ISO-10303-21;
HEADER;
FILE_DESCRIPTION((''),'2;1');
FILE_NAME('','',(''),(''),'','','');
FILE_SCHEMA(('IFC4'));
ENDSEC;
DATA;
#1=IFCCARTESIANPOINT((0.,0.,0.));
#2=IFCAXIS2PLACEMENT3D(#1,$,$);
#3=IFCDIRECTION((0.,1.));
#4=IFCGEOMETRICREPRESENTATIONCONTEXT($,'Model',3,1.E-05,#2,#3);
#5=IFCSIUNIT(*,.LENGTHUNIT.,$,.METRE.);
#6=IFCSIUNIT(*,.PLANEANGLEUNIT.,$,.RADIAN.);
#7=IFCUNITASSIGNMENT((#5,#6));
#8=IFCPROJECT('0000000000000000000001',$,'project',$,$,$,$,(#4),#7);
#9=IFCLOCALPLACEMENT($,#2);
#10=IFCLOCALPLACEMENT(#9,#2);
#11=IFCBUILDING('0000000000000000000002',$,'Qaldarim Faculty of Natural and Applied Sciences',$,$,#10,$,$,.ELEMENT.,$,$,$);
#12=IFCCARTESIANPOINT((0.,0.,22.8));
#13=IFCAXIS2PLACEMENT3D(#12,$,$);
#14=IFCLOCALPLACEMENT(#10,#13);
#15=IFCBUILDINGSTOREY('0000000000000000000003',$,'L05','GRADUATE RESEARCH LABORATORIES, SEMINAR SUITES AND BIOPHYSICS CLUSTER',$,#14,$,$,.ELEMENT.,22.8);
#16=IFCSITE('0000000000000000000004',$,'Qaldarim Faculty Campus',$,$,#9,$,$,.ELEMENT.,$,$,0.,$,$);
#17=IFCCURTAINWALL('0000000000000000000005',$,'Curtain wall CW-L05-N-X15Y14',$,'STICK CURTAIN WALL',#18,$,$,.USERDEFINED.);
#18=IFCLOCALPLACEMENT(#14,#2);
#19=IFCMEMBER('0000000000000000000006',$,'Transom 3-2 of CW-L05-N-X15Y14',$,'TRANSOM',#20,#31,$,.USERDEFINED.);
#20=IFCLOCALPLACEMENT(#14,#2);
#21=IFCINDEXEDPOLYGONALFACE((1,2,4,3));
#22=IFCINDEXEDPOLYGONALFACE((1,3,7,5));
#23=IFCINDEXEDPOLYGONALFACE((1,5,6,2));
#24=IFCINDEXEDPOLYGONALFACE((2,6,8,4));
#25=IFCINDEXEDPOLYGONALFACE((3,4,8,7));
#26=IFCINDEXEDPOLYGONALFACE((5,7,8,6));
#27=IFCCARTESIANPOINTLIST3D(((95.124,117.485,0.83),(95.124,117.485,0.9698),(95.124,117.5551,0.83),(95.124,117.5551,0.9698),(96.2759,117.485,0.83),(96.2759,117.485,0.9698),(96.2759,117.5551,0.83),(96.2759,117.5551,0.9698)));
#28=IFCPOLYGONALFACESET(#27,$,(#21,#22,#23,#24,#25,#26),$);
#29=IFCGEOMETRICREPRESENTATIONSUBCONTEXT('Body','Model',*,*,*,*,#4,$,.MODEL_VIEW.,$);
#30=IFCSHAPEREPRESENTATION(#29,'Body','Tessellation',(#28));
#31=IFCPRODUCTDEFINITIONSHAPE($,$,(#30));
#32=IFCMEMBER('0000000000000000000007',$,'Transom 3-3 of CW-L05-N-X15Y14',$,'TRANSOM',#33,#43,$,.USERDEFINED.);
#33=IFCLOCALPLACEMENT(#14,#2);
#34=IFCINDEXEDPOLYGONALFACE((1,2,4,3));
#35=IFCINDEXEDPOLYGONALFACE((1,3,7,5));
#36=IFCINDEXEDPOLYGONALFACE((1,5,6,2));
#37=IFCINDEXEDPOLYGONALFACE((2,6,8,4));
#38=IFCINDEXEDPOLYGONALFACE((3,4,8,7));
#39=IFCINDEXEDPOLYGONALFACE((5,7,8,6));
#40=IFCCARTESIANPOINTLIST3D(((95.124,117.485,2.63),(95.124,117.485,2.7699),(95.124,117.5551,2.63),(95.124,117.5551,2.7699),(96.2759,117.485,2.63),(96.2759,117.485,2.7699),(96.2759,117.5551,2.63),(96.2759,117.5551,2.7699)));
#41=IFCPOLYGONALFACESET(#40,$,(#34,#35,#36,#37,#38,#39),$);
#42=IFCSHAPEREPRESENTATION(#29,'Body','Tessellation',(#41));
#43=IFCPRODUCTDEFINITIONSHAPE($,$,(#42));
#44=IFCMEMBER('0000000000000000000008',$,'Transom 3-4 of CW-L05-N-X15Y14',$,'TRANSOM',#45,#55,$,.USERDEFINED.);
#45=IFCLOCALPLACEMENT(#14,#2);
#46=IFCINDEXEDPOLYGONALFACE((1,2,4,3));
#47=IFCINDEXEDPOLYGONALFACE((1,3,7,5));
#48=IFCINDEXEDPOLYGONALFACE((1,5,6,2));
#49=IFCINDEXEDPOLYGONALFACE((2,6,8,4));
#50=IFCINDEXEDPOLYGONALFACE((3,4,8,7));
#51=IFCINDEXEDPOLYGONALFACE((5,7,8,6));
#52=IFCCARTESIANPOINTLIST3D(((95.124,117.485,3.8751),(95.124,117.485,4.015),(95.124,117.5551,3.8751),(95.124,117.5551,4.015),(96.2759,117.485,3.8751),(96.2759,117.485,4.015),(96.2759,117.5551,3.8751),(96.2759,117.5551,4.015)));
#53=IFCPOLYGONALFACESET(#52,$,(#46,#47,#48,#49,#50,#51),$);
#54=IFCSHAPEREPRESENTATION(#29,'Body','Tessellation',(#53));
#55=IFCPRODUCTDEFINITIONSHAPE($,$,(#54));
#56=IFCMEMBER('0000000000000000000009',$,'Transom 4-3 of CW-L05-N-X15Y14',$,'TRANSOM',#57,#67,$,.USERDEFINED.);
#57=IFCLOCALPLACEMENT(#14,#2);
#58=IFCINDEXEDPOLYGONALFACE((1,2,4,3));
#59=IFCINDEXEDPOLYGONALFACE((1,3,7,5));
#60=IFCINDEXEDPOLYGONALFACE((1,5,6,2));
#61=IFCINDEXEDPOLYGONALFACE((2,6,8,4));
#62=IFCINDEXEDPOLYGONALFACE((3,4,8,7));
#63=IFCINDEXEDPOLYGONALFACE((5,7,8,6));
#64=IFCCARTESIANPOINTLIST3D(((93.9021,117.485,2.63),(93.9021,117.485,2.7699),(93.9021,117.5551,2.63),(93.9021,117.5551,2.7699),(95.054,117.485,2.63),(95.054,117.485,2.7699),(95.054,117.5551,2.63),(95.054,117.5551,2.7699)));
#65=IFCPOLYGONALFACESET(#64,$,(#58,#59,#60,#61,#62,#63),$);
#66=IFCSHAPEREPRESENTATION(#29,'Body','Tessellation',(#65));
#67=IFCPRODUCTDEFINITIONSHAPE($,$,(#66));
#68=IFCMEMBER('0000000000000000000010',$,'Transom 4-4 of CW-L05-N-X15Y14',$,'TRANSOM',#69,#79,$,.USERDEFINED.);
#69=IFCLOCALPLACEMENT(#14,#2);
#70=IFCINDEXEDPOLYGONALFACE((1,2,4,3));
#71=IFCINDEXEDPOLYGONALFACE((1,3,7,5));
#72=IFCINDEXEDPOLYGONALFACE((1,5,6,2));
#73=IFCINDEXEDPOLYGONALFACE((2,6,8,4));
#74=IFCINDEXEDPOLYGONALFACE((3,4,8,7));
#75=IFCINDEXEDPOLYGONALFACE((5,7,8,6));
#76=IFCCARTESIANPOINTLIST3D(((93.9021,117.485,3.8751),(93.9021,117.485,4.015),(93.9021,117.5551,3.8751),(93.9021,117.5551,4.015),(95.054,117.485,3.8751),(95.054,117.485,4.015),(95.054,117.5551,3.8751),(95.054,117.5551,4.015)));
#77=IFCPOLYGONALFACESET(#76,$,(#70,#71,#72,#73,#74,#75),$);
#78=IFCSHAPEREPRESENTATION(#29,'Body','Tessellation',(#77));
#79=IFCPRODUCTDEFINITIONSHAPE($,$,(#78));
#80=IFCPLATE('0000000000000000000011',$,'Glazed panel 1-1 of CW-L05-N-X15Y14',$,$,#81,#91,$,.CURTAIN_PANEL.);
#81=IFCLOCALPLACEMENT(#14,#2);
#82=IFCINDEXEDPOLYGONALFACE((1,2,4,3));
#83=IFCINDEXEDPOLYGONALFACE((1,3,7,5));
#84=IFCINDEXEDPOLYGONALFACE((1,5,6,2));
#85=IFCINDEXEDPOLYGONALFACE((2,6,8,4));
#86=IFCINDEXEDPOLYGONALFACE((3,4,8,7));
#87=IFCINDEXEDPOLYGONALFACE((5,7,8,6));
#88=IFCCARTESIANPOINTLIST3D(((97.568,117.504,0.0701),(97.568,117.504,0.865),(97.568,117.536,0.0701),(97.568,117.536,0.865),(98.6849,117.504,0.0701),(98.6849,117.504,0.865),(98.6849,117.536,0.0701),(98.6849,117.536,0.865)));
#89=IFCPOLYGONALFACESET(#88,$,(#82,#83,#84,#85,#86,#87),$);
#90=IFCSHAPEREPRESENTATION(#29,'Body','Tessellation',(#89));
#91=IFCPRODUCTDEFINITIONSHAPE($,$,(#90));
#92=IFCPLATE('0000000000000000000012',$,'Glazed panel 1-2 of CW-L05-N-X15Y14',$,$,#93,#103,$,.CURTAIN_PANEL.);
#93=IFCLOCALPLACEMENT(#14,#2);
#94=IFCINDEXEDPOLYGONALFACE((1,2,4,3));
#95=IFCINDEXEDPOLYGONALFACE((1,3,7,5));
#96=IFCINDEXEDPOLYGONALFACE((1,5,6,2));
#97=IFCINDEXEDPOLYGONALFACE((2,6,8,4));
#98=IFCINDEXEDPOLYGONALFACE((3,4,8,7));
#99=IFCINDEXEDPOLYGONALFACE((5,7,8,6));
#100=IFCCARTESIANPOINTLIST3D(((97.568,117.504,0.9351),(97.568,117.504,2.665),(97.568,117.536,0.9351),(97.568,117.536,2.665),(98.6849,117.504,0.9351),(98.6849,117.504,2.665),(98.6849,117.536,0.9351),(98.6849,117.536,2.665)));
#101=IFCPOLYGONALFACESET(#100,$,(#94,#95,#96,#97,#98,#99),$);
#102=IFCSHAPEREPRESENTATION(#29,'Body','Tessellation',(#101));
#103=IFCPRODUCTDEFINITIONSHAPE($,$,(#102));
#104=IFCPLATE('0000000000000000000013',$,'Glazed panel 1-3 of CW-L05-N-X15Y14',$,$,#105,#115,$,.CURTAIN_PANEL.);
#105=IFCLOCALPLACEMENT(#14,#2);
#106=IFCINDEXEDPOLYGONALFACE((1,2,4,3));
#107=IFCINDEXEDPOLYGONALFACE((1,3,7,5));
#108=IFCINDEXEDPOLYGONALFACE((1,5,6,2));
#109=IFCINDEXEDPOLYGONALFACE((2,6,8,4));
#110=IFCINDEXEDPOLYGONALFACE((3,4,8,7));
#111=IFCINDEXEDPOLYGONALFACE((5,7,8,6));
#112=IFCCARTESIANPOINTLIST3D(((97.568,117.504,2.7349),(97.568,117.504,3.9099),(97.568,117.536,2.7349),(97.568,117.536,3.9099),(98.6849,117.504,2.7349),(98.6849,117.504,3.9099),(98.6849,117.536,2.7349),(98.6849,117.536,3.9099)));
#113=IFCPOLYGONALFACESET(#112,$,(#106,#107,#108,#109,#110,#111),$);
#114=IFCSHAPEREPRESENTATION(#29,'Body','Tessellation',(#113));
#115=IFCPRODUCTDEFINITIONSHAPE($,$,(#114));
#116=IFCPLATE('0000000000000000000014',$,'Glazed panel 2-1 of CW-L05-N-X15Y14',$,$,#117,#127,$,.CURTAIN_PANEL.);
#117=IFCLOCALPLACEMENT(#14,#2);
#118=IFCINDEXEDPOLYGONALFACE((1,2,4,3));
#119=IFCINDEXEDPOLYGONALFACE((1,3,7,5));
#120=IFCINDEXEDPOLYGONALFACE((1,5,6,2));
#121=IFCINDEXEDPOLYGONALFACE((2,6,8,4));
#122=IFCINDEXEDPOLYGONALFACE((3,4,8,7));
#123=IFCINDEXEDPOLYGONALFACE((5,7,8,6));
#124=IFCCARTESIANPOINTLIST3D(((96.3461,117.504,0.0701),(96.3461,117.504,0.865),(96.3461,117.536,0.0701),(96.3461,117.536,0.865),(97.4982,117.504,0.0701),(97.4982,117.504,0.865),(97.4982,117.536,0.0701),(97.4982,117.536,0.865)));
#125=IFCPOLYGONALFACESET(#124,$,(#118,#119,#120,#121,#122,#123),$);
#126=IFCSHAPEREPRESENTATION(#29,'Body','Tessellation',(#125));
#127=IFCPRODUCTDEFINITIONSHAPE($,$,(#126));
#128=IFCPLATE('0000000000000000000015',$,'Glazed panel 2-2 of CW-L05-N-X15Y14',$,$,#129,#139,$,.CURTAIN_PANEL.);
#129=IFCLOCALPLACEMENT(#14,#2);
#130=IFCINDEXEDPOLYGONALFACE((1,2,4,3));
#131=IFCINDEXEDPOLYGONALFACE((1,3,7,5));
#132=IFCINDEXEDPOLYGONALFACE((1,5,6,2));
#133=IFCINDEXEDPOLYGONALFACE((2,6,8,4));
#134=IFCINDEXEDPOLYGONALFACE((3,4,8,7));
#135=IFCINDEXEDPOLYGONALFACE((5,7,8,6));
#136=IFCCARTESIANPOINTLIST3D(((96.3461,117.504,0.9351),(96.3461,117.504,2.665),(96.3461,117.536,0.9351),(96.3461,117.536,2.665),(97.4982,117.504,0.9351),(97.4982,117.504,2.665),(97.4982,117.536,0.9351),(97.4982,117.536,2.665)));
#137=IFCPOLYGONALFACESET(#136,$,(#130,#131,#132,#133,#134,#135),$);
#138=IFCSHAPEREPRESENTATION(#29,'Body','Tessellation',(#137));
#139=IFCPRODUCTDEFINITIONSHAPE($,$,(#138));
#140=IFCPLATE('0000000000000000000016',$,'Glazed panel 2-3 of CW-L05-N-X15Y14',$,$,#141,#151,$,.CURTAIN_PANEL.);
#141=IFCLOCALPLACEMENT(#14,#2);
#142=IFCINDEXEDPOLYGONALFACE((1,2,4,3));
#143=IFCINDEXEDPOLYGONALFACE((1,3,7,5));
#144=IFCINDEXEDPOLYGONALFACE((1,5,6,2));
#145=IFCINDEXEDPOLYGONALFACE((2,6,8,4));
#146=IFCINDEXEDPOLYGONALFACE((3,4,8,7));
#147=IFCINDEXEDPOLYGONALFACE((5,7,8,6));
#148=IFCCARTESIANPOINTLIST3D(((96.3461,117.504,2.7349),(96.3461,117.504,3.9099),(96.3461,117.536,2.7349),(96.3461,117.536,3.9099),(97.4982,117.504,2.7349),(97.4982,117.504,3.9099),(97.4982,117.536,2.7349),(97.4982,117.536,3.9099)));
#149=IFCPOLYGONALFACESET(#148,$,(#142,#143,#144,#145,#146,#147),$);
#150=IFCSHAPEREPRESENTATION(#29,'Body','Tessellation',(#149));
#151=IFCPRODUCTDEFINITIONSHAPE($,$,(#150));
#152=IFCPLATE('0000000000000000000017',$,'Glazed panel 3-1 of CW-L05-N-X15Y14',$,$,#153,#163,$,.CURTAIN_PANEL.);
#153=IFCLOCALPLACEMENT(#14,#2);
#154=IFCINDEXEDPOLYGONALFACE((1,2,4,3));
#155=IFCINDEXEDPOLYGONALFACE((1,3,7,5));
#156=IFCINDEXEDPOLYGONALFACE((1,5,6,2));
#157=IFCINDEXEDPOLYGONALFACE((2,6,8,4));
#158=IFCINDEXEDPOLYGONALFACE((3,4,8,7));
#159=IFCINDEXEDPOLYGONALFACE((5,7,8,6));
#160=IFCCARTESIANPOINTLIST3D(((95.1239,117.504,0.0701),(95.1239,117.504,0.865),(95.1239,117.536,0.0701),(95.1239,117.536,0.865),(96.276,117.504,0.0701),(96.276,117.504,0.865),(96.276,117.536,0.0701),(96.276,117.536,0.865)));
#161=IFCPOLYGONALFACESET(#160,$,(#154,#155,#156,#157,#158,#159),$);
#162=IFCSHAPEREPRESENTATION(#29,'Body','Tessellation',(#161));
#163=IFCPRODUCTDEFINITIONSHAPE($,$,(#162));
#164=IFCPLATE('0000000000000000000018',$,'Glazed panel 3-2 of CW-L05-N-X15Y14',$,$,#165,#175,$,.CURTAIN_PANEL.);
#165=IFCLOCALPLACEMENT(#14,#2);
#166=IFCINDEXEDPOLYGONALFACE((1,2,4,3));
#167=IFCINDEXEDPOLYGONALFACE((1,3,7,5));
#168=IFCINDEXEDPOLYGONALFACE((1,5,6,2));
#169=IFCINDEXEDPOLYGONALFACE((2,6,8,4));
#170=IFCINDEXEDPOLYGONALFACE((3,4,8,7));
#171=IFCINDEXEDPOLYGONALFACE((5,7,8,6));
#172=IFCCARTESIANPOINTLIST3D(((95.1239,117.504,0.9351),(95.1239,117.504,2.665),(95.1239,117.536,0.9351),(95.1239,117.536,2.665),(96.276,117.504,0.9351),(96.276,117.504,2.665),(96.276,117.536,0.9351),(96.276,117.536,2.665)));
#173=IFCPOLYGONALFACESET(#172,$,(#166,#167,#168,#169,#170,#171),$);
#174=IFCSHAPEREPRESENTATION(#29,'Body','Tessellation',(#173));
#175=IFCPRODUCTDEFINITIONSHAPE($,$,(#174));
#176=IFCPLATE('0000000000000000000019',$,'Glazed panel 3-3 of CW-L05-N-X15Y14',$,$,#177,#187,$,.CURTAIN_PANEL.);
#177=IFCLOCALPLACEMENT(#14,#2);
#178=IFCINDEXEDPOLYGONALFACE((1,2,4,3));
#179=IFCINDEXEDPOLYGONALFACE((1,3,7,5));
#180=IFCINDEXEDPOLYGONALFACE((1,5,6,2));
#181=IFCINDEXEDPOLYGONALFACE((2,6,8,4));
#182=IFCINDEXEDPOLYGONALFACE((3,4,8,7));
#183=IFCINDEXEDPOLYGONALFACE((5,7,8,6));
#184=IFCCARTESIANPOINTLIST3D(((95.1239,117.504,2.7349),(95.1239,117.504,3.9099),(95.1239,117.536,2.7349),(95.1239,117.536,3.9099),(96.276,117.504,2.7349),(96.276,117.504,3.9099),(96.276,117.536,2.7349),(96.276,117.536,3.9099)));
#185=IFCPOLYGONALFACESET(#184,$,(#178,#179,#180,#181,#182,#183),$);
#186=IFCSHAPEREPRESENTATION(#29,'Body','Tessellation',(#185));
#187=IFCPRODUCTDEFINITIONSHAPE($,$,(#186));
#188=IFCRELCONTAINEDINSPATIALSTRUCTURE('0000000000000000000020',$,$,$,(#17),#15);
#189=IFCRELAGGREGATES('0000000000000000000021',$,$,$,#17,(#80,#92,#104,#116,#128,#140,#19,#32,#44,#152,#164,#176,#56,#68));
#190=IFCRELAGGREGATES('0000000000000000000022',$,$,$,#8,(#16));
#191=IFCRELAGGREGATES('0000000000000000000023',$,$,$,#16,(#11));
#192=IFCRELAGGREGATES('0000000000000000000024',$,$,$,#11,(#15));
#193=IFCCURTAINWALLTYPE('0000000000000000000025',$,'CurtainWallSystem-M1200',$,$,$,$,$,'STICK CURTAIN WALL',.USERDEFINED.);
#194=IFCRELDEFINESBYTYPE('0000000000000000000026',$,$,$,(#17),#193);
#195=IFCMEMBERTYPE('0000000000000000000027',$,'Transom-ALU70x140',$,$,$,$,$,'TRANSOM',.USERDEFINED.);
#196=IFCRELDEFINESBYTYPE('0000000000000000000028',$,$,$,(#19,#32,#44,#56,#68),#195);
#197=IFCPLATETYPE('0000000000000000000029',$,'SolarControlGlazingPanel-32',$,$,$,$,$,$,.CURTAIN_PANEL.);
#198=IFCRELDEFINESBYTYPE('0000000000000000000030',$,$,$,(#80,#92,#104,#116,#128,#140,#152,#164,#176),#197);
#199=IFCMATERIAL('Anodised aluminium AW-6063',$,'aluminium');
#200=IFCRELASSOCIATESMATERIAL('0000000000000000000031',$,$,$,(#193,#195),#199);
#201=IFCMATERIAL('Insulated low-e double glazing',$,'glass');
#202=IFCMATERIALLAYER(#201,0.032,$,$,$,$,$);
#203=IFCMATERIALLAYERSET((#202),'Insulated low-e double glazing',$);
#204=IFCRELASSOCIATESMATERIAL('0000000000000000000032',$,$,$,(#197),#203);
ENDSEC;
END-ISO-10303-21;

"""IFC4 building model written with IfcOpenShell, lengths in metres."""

from ifc_helpers import new_model, si_unit, direction, frame, origin, origin_2d, place, context, subcontext, project, spatial, rectangle, extrude, material, layer, layer_set, material_profile, profile_set, type_object, element, aggregate, save


model = new_model("IFC4")

# Units and contexts
model_context = context("Model", 3, precision=1e-05, world=origin(), true_north=direction((0.0, 1.0)))
body_context = subcontext(model_context, "Body", "Model", "MODEL_VIEW")
ifc_project = project(units=[si_unit("LENGTHUNIT", "METRE"), si_unit("PLANEANGLEUNIT", "RADIAN")], contexts=[model_context])

# Site, building, storey
site_placement = place(None, origin())
site = spatial("IfcSite", under=ifc_project, at=site_placement, Name="Qaldarim Faculty Campus", CompositionType="ELEMENT", RefElevation=0.0)
building_placement = place(site_placement, origin())
building = spatial("IfcBuilding", under=site, at=building_placement, Name="Qaldarim Faculty of Natural and Applied Sciences", CompositionType="ELEMENT")
storey_placement = place(building_placement, frame((0.0, 0.0, 22.8)))
storey = spatial("IfcBuildingStorey", under=building, at=storey_placement, Name="L05", Description="GRADUATE RESEARCH LABORATORIES, SEMINAR SUITES AND BIOPHYSICS CLUSTER", CompositionType="ELEMENT", Elevation=22.8)

# Curtain wall, members, plates
ifc_material_1 = material(Name="Anodised aluminium AW-6063", Category="aluminium")
curtain_wall_type = type_object("IfcCurtainWallType", Name="CurtainWallSystem-M1200", ElementType="STICK CURTAIN WALL", PredefinedType="USERDEFINED", material=ifc_material_1)
curtain_wall_placement = place(storey_placement, origin())
curtain_wall = element("IfcCurtainWall", 1, at=curtain_wall_placement, inside=storey, type_object=curtain_wall_type, Name="Curtain wall CW-L05-N-X15Y14", ObjectType="STICK CURTAIN WALL", PredefinedType="USERDEFINED")
ifc_material_profile_1 = material_profile(ifc_material_1, rectangle(XDim=0.0701, YDim=0.1399, at=origin_2d()), Name="ALU-T70x140")
ifc_profile_set_1 = profile_set([ifc_material_profile_1], Name="Anodised aluminium AW-6063")
member_type_1 = type_object("IfcMemberType", Name="Transom-ALU70x140", ElementType="TRANSOM", PredefinedType="USERDEFINED", material=ifc_profile_set_1)
member_1_placement = place(storey_placement, frame((96.2759, 117.52, 0.8999), z_axis=(-1.0, 0.0, 0.0), x_axis=(0.0, -1.0, 0.0)))
member_1 = element("IfcMember", 2, at=member_1_placement, type_object=member_type_1, Name="Transom 3-2 of CW-L05-N-X15Y14", ObjectType="TRANSOM", PredefinedType="USERDEFINED", context=body_context, shape_type="SweptSolid", body=[
    extrude(rectangle(XDim=0.0701, YDim=0.1399, at=origin_2d()), origin(), (0.0, 0.0, 1.0), 1.1519),
])
member_2_placement = place(storey_placement, frame((96.2759, 117.52, 2.7), z_axis=(-1.0, 0.0, 0.0), x_axis=(0.0, -1.0, 0.0)))
member_2 = element("IfcMember", 3, at=member_2_placement, type_object=member_type_1, Name="Transom 3-3 of CW-L05-N-X15Y14", ObjectType="TRANSOM", PredefinedType="USERDEFINED", context=body_context, shape_type="SweptSolid", body=[
    extrude(rectangle(XDim=0.0701, YDim=0.1399, at=origin_2d()), origin(), (0.0, 0.0, 1.0), 1.1519),
])
member_3_placement = place(storey_placement, frame((96.2759, 117.52, 3.9451), z_axis=(-1.0, 0.0, 0.0), x_axis=(0.0, -1.0, 0.0)))
member_3 = element("IfcMember", 4, at=member_3_placement, type_object=member_type_1, Name="Transom 3-4 of CW-L05-N-X15Y14", ObjectType="TRANSOM", PredefinedType="USERDEFINED", context=body_context, shape_type="SweptSolid", body=[
    extrude(rectangle(XDim=0.0701, YDim=0.1399, at=origin_2d()), origin(), (0.0, 0.0, 1.0), 1.1519),
])
member_4_placement = place(storey_placement, frame((95.054, 117.52, 2.7), z_axis=(-1.0, 0.0, 0.0), x_axis=(0.0, -1.0, 0.0)))
member_4 = element("IfcMember", 5, at=member_4_placement, type_object=member_type_1, Name="Transom 4-3 of CW-L05-N-X15Y14", ObjectType="TRANSOM", PredefinedType="USERDEFINED", context=body_context, shape_type="SweptSolid", body=[
    extrude(rectangle(XDim=0.0701, YDim=0.1399, at=origin_2d()), origin(), (0.0, 0.0, 1.0), 1.1519),
])
member_5_placement = place(storey_placement, frame((95.054, 117.52, 3.9451), z_axis=(-1.0, 0.0, 0.0), x_axis=(0.0, -1.0, 0.0)))
member_5 = element("IfcMember", 6, at=member_5_placement, type_object=member_type_1, Name="Transom 4-4 of CW-L05-N-X15Y14", ObjectType="TRANSOM", PredefinedType="USERDEFINED", context=body_context, shape_type="SweptSolid", body=[
    extrude(rectangle(XDim=0.0701, YDim=0.1399, at=origin_2d()), origin(), (0.0, 0.0, 1.0), 1.1519),
])
ifc_material_2 = material(Name="Insulated low-e double glazing", Category="glass")
ifc_layer = layer(ifc_material_2, 0.032)
ifc_layer_set = layer_set([ifc_layer], Name="Insulated low-e double glazing")
plate_type = type_object("IfcPlateType", Name="SolarControlGlazingPanel-32", PredefinedType="CURTAIN_PANEL", material=ifc_layer_set)
plate_1_placement = place(storey_placement, frame((98.1265, 117.52, 0.0701), z_axis=(0.0, 0.0, 1.0), x_axis=(-1.0, 0.0, 0.0)))
plate_1 = element("IfcPlate", 7, at=plate_1_placement, type_object=plate_type, Name="Glazed panel 1-1 of CW-L05-N-X15Y14", PredefinedType="CURTAIN_PANEL", context=body_context, shape_type="SweptSolid", body=[
    extrude(rectangle(XDim=1.1169, YDim=0.032, at=origin_2d()), origin(), (0.0, 0.0, 1.0), 0.7949),
])
plate_2_placement = place(storey_placement, frame((98.1265, 117.52, 0.9351), z_axis=(0.0, 0.0, 1.0), x_axis=(-1.0, 0.0, 0.0)))
plate_2 = element("IfcPlate", 8, at=plate_2_placement, type_object=plate_type, Name="Glazed panel 1-2 of CW-L05-N-X15Y14", PredefinedType="CURTAIN_PANEL", context=body_context, shape_type="SweptSolid", body=[
    extrude(rectangle(XDim=1.1169, YDim=0.032, at=origin_2d()), origin(), (0.0, 0.0, 1.0), 1.73),
])
plate_3_placement = place(storey_placement, frame((98.1265, 117.52, 2.7349), z_axis=(0.0, 0.0, 1.0), x_axis=(-1.0, 0.0, 0.0)))
plate_3 = element("IfcPlate", 9, at=plate_3_placement, type_object=plate_type, Name="Glazed panel 1-3 of CW-L05-N-X15Y14", PredefinedType="CURTAIN_PANEL", context=body_context, shape_type="SweptSolid", body=[
    extrude(rectangle(XDim=1.1169, YDim=0.032, at=origin_2d()), origin(), (0.0, 0.0, 1.0), 1.175),
])
plate_4_placement = place(storey_placement, frame((96.9221, 117.52, 0.0701), z_axis=(0.0, 0.0, 1.0), x_axis=(-1.0, 0.0, 0.0)))
plate_4 = element("IfcPlate", 10, at=plate_4_placement, type_object=plate_type, Name="Glazed panel 2-1 of CW-L05-N-X15Y14", PredefinedType="CURTAIN_PANEL", context=body_context, shape_type="SweptSolid", body=[
    extrude(rectangle(XDim=1.1521, YDim=0.032, at=origin_2d()), origin(), (0.0, 0.0, 1.0), 0.7949),
])
plate_5_placement = place(storey_placement, frame((96.9221, 117.52, 0.9351), z_axis=(0.0, 0.0, 1.0), x_axis=(-1.0, 0.0, 0.0)))
plate_5 = element("IfcPlate", 11, at=plate_5_placement, type_object=plate_type, Name="Glazed panel 2-2 of CW-L05-N-X15Y14", PredefinedType="CURTAIN_PANEL", context=body_context, shape_type="SweptSolid", body=[
    extrude(rectangle(XDim=1.1521, YDim=0.032, at=origin_2d()), origin(), (0.0, 0.0, 1.0), 1.73),
])
plate_6_placement = place(storey_placement, frame((96.9221, 117.52, 2.7349), z_axis=(0.0, 0.0, 1.0), x_axis=(-1.0, 0.0, 0.0)))
plate_6 = element("IfcPlate", 12, at=plate_6_placement, type_object=plate_type, Name="Glazed panel 2-3 of CW-L05-N-X15Y14", PredefinedType="CURTAIN_PANEL", context=body_context, shape_type="SweptSolid", body=[
    extrude(rectangle(XDim=1.1521, YDim=0.032, at=origin_2d()), origin(), (0.0, 0.0, 1.0), 1.175),
])
plate_7_placement = place(storey_placement, frame((95.7, 117.52, 0.0701), z_axis=(0.0, 0.0, 1.0), x_axis=(-1.0, 0.0, 0.0)))
plate_7 = element("IfcPlate", 13, at=plate_7_placement, type_object=plate_type, Name="Glazed panel 3-1 of CW-L05-N-X15Y14", PredefinedType="CURTAIN_PANEL", context=body_context, shape_type="SweptSolid", body=[
    extrude(rectangle(XDim=1.1521, YDim=0.032, at=origin_2d()), origin(), (0.0, 0.0, 1.0), 0.7949),
])
plate_8_placement = place(storey_placement, frame((95.7, 117.52, 0.9351), z_axis=(0.0, 0.0, 1.0), x_axis=(-1.0, 0.0, 0.0)))
plate_8 = element("IfcPlate", 14, at=plate_8_placement, type_object=plate_type, Name="Glazed panel 3-2 of CW-L05-N-X15Y14", PredefinedType="CURTAIN_PANEL", context=body_context, shape_type="SweptSolid", body=[
    extrude(rectangle(XDim=1.1521, YDim=0.032, at=origin_2d()), origin(), (0.0, 0.0, 1.0), 1.73),
])
plate_9_placement = place(storey_placement, frame((95.7, 117.52, 2.7349), z_axis=(0.0, 0.0, 1.0), x_axis=(-1.0, 0.0, 0.0)))
plate_9 = element("IfcPlate", 15, at=plate_9_placement, type_object=plate_type, Name="Glazed panel 3-3 of CW-L05-N-X15Y14", PredefinedType="CURTAIN_PANEL", context=body_context, shape_type="SweptSolid", body=[
    extrude(rectangle(XDim=1.1521, YDim=0.032, at=origin_2d()), origin(), (0.0, 0.0, 1.0), 1.175),
])
aggregate(curtain_wall, [plate_1, plate_2, plate_3, plate_4, plate_5, plate_6, member_1, member_2, member_3, plate_7, plate_8, plate_9, member_4, member_5])

save(model, "model.ifc")
